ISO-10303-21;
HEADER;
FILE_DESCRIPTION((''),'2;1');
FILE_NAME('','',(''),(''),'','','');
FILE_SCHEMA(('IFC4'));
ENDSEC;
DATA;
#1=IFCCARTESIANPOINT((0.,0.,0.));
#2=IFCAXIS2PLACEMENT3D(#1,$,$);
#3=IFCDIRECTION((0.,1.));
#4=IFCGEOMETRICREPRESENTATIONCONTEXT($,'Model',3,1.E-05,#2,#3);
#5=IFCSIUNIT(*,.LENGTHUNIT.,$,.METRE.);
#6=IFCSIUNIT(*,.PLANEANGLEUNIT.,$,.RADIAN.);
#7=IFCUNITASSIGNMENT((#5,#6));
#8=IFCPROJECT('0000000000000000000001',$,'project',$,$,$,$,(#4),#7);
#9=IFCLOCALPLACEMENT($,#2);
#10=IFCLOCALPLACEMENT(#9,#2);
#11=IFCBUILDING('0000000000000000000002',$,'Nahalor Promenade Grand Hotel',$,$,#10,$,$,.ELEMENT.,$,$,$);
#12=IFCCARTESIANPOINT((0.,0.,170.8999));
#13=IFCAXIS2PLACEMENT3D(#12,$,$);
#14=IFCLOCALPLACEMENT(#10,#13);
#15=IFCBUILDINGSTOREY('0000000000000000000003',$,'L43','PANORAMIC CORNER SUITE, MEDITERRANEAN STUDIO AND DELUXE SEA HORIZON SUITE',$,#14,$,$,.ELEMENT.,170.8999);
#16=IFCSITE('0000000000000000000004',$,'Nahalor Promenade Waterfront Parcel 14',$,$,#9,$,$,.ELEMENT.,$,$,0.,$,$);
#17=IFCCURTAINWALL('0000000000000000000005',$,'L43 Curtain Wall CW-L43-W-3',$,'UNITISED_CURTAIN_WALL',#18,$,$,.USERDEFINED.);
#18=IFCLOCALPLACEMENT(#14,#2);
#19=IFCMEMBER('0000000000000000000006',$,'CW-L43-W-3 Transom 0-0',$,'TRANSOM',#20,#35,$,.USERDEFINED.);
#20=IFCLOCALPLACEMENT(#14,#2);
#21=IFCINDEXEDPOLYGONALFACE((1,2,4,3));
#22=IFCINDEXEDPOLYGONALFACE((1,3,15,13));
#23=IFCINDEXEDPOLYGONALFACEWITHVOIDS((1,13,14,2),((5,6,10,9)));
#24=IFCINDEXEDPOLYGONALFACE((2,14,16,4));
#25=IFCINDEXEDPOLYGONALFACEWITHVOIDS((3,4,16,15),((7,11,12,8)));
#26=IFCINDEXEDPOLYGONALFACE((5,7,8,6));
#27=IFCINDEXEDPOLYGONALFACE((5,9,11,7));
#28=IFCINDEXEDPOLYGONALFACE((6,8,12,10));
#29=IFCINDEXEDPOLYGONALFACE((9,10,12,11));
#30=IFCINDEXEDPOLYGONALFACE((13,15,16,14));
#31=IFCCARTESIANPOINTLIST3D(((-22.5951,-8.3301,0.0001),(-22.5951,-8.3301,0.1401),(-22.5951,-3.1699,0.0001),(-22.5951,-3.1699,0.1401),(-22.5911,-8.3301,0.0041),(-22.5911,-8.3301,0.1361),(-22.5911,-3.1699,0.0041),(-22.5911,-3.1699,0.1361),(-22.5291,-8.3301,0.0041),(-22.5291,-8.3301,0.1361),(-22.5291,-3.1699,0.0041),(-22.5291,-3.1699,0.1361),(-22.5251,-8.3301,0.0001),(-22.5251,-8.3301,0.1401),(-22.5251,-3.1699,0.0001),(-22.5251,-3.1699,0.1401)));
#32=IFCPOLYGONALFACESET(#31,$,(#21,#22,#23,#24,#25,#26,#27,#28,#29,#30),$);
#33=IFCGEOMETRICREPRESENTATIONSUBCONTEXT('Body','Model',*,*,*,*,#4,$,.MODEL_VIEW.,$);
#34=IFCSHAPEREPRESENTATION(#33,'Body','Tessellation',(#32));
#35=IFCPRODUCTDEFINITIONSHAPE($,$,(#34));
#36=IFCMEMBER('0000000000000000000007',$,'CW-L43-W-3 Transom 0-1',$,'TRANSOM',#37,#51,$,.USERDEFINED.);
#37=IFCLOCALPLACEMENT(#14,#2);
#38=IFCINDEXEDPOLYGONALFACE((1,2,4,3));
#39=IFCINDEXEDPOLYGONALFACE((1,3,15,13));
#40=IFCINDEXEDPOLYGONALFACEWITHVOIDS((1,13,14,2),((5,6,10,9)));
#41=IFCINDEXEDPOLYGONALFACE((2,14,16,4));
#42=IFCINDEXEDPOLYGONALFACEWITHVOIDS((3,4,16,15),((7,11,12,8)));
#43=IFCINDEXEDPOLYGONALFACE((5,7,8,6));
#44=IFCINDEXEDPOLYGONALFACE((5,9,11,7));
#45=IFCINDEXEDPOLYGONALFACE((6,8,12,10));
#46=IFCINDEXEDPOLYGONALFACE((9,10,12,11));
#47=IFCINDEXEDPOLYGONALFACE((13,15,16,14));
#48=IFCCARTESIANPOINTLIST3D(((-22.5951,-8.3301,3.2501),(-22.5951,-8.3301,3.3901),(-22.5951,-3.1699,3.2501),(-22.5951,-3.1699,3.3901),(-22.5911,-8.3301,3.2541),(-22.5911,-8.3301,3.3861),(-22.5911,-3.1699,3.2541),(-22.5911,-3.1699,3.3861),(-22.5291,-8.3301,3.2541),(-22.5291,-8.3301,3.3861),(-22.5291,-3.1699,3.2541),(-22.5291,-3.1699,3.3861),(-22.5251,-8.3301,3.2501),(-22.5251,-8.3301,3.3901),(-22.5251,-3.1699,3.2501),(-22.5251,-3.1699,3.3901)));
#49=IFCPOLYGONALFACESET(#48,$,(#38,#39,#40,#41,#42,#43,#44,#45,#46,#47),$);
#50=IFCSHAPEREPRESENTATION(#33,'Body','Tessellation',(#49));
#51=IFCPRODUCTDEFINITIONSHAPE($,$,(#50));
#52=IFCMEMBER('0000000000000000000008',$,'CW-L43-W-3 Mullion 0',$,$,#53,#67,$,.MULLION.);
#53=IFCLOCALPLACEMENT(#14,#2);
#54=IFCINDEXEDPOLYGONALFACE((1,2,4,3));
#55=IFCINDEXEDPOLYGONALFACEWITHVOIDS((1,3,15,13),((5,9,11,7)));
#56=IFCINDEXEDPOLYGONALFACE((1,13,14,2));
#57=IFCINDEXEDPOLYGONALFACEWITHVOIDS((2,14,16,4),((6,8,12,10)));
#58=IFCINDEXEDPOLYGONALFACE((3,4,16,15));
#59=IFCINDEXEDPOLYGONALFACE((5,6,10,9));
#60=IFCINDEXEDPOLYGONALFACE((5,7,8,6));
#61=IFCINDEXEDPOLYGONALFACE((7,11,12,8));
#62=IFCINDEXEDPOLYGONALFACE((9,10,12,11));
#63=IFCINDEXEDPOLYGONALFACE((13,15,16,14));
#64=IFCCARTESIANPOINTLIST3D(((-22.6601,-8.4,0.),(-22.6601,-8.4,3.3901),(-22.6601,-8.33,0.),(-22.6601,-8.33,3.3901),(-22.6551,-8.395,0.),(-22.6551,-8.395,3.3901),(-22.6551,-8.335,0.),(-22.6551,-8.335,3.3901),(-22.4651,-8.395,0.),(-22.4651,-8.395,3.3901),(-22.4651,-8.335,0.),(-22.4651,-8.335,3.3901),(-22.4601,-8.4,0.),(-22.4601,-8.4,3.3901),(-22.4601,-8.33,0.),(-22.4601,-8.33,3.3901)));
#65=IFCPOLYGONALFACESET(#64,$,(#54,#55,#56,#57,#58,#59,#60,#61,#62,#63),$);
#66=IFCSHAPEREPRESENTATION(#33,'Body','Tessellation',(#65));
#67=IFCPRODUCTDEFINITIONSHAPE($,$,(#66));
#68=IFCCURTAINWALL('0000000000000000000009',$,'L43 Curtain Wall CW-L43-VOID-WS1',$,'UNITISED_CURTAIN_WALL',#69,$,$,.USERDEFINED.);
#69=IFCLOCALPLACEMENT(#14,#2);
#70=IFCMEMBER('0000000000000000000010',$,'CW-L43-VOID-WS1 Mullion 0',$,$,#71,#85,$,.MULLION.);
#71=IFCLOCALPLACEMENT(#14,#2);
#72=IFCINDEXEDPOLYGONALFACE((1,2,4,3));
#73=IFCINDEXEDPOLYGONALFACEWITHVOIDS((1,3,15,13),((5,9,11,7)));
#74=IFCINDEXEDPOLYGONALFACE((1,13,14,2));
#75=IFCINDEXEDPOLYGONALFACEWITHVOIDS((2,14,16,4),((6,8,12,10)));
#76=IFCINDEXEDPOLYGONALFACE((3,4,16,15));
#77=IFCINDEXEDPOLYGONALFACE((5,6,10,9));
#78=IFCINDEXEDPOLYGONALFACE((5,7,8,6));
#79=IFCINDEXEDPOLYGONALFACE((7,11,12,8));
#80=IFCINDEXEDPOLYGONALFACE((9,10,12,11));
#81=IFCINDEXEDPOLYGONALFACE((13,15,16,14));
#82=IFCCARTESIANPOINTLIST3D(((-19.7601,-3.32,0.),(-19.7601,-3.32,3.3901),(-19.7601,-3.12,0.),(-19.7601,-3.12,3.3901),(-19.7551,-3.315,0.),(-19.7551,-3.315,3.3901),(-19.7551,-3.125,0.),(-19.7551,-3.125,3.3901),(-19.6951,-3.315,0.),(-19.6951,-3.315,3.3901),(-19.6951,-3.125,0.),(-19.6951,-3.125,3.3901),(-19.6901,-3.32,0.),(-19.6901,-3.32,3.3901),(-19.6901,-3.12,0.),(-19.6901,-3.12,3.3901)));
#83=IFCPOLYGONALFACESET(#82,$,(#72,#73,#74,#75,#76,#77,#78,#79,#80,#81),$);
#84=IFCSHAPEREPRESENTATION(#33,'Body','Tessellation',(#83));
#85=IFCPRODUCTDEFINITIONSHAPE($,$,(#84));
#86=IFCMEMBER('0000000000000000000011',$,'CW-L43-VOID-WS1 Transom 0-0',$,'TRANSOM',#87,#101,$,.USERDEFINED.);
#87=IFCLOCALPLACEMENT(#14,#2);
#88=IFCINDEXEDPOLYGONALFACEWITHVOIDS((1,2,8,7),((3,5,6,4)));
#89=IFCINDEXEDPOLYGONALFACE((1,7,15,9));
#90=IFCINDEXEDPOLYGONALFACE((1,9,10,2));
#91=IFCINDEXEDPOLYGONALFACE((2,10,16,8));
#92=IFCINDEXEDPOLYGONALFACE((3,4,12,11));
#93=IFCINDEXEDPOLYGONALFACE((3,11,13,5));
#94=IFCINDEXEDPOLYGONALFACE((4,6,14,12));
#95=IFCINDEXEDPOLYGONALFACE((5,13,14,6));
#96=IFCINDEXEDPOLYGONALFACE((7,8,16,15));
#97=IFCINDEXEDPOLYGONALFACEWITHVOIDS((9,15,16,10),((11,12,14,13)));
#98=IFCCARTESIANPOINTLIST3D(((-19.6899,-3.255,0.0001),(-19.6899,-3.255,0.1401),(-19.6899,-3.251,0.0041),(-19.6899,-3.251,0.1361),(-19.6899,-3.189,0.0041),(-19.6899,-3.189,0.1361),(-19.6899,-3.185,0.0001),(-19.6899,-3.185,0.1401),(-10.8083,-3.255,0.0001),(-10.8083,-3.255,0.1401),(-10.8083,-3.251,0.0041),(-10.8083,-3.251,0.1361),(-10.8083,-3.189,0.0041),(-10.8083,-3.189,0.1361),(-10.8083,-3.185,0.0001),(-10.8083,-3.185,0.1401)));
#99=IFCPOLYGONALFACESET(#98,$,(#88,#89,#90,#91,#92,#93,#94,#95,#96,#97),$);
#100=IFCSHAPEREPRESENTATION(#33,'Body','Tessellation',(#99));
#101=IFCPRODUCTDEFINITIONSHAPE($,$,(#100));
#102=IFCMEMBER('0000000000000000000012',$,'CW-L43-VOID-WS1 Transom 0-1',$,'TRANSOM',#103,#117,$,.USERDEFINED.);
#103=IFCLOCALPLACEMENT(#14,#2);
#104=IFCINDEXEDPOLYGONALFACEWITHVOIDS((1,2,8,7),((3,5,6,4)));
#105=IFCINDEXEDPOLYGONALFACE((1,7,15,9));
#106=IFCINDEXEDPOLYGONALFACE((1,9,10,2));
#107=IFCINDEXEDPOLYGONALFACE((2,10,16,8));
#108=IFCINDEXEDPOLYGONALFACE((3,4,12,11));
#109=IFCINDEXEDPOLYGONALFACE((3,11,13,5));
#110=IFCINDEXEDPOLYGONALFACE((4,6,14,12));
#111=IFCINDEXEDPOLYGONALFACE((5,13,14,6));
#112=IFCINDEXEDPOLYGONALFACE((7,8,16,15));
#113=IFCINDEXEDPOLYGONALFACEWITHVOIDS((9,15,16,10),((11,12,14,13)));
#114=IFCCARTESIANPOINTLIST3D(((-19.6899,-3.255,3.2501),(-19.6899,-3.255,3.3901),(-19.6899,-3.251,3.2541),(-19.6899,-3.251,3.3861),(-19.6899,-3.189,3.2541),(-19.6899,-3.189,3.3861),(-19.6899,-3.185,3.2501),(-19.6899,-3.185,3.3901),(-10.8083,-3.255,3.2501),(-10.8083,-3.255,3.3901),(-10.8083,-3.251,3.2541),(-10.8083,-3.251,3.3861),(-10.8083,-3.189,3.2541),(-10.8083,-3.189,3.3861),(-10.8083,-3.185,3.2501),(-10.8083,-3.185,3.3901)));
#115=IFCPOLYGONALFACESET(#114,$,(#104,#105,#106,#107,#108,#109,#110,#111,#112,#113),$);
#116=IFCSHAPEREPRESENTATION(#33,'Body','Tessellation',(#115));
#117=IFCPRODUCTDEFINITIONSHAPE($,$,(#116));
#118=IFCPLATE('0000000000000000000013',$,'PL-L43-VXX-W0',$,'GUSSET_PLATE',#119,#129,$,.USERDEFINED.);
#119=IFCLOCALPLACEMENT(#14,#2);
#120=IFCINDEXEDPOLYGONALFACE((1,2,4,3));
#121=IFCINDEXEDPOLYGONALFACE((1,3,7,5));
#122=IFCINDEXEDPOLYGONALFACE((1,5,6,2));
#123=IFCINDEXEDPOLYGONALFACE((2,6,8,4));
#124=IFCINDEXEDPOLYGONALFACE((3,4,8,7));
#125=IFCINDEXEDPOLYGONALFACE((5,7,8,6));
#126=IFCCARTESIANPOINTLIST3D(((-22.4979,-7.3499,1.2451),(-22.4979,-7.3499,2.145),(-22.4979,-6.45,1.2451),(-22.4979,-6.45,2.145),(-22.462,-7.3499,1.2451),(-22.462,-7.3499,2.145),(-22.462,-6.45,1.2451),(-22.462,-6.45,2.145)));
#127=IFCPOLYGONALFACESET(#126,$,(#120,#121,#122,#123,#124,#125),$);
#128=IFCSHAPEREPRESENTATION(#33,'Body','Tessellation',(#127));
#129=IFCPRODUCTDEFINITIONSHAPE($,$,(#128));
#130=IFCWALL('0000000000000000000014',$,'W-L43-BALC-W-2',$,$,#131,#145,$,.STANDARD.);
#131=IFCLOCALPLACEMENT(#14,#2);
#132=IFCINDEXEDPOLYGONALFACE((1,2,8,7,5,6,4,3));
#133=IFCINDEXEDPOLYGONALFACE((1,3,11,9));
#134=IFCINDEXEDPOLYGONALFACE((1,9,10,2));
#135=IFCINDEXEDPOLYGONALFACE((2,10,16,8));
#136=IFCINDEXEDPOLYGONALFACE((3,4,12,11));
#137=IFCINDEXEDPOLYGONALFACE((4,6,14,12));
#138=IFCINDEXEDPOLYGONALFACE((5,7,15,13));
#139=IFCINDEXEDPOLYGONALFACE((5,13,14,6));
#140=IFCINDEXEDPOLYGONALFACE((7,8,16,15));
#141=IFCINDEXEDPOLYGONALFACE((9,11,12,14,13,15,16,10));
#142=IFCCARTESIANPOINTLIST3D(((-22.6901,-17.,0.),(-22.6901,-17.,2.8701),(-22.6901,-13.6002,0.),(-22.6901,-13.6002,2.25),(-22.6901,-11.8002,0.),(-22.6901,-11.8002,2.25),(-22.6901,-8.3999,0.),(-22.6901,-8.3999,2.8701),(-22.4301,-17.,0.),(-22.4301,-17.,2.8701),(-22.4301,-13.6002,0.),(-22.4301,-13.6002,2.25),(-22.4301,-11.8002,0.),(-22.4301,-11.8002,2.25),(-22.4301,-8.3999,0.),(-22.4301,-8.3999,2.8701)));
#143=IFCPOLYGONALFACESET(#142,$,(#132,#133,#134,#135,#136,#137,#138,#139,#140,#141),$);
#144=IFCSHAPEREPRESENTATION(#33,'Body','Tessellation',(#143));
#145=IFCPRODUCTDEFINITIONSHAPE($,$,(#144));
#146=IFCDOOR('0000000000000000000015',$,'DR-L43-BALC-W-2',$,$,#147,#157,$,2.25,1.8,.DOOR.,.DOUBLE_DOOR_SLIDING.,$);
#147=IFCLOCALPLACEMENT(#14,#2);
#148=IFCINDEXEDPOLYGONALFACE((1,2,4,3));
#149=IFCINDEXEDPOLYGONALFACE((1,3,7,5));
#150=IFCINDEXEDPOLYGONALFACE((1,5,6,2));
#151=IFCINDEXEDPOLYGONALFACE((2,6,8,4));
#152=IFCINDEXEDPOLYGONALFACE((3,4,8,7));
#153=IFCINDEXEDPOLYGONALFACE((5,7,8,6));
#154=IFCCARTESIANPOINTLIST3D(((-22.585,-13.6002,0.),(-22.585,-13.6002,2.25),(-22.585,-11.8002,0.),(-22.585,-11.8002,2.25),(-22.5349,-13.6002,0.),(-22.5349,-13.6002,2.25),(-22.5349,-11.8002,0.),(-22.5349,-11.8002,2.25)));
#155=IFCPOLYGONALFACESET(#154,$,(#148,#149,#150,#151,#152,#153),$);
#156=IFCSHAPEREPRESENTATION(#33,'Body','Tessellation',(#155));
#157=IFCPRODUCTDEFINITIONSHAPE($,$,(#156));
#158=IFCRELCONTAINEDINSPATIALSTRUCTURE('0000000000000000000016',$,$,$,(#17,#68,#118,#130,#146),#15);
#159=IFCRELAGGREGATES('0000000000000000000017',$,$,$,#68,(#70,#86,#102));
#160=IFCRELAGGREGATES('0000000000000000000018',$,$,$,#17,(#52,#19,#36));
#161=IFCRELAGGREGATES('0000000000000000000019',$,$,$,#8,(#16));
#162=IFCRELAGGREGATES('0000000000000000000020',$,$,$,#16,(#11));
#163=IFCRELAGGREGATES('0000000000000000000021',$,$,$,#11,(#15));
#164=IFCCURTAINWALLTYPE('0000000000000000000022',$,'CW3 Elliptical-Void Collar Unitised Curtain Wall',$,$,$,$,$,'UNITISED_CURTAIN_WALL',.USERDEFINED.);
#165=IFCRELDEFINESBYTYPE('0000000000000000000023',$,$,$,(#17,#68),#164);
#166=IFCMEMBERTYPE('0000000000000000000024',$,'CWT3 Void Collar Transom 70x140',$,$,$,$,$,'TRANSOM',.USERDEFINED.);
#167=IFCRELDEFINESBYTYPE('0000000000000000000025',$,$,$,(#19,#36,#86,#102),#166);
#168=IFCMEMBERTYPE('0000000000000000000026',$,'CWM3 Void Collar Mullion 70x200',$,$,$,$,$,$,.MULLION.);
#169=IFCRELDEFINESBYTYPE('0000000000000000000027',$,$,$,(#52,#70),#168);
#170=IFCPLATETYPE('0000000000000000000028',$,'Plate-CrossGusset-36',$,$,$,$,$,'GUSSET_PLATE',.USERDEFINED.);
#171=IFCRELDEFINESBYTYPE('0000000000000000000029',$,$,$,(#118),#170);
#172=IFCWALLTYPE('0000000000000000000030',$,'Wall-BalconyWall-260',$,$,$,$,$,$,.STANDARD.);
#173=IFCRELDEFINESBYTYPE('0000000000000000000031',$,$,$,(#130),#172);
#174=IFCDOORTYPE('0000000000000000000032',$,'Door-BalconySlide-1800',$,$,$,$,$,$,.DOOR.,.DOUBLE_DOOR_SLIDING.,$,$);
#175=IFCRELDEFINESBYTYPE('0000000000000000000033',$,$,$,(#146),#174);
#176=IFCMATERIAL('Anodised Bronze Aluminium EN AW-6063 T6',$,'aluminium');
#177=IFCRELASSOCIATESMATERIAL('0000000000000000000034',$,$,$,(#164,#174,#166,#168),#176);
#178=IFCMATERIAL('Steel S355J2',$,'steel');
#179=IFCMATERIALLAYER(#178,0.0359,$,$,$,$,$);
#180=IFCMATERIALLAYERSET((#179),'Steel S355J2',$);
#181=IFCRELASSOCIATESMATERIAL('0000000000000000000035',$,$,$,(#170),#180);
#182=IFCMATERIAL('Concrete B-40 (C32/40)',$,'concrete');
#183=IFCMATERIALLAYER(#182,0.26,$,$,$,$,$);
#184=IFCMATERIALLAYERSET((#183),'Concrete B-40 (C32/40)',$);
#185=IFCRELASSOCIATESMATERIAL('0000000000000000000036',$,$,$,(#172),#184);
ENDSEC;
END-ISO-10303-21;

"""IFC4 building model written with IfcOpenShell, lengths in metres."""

from ifc_helpers import new_model, si_unit, direction, frame, frame_2d, origin, origin_2d, place, context, subcontext, project, spatial, rectangle, hollow_rectangle, extrude, source, transform, mapped, material, layer, layer_set, material_profile, profile_set, type_object, element, fill, aggregate, save


model = new_model("IFC4")

# Units and contexts
model_context = context("Model", 3, precision=1e-05, world=origin(), true_north=direction((0.0, 1.0)))
body_context = subcontext(model_context, "Body", "Model", "MODEL_VIEW")
ifc_project = project(units=[si_unit("LENGTHUNIT", "METRE"), si_unit("PLANEANGLEUNIT", "RADIAN")], contexts=[model_context])

# Site, building, storey
site_placement = place(None, origin())
site = spatial("IfcSite", under=ifc_project, at=site_placement, Name="Nahalor Promenade Waterfront Parcel 14", CompositionType="ELEMENT", RefElevation=0.0)
building_placement = place(site_placement, origin())
building = spatial("IfcBuilding", under=site, at=building_placement, Name="Nahalor Promenade Grand Hotel", CompositionType="ELEMENT")
storey_placement = place(building_placement, frame((0.0, 0.0, 170.8999)))
storey = spatial("IfcBuildingStorey", under=building, at=storey_placement, Name="L43", Description="PANORAMIC CORNER SUITE, MEDITERRANEAN STUDIO AND DELUXE SEA HORIZON SUITE", CompositionType="ELEMENT", Elevation=170.8999)

# Shared definitions
ifc_material_1 = material(Name="Steel S355J2", Category="steel")

# Curtain walls, members
ifc_material_2 = material(Name="Anodised Bronze Aluminium EN AW-6063 T6", Category="aluminium")
curtain_wall_type = type_object("IfcCurtainWallType", Name="CW3 Elliptical-Void Collar Unitised Curtain Wall", ElementType="UNITISED_CURTAIN_WALL", PredefinedType="USERDEFINED", material=ifc_material_2)
curtain_wall_1_placement = place(storey_placement, origin())
curtain_wall_1 = element("IfcCurtainWall", 1, at=curtain_wall_1_placement, inside=storey, type_object=curtain_wall_type, Name="L43 Curtain Wall CW-L43-W-3", ObjectType="UNITISED_CURTAIN_WALL", PredefinedType="USERDEFINED")
ifc_material_profile_1 = material_profile(ifc_material_2, hollow_rectangle(XDim=0.07, YDim=0.14, WallThickness=0.004, at=origin_2d()), Name="CWT 70x140x4")
ifc_profile_set_1 = profile_set([ifc_material_profile_1], Name="Anodised Bronze Aluminium EN AW-6063 T6")
member_type_1 = type_object("IfcMemberType", Name="CWT3 Void Collar Transom 70x140", ElementType="TRANSOM", PredefinedType="USERDEFINED", material=ifc_profile_set_1)
shared_shape_1 = source(origin(), body_context, "Body", "SweptSolid", [
    extrude(hollow_rectangle(XDim=0.07, YDim=0.14, WallThickness=0.004, at=origin_2d()), origin(), (0.0, 0.0, 1.0), 5.1602),
])
member_1_placement = place(storey_placement, frame((-22.5601, -8.3301, 0.0701), z_axis=(0.0, 1.0, 0.0), x_axis=(-1.0, 0.0, 0.0)))
member_1 = element("IfcMember", 2, at=member_1_placement, type_object=member_type_1, Name="CW-L43-W-3 Transom 0-0", ObjectType="TRANSOM", PredefinedType="USERDEFINED", context=body_context, shape_type="MappedRepresentation", body=[
    mapped(shared_shape_1, transform((0.0, 0.0, 0.0), scale=1.0)),
])
member_2_placement = place(storey_placement, frame((-22.5601, -8.3301, 3.3201), z_axis=(0.0, 1.0, 0.0), x_axis=(-1.0, 0.0, 0.0)))
member_2 = element("IfcMember", 3, at=member_2_placement, type_object=member_type_1, Name="CW-L43-W-3 Transom 0-1", ObjectType="TRANSOM", PredefinedType="USERDEFINED", context=body_context, shape_type="MappedRepresentation", body=[
    mapped(shared_shape_1, transform((0.0, 0.0, 0.0), scale=1.0)),
])
ifc_material_profile_2 = material_profile(ifc_material_2, hollow_rectangle(XDim=0.07, YDim=0.2, WallThickness=0.005, at=origin_2d()), Name="CWM 70x200x5")
ifc_profile_set_2 = profile_set([ifc_material_profile_2], Name="Anodised Bronze Aluminium EN AW-6063 T6")
member_type_2 = type_object("IfcMemberType", Name="CWM3 Void Collar Mullion 70x200", PredefinedType="MULLION", material=ifc_profile_set_2)
shared_shape_2 = source(origin(), body_context, "Body", "SweptSolid", [
    extrude(hollow_rectangle(XDim=0.07, YDim=0.2, WallThickness=0.005, at=origin_2d()), origin(), (0.0, 0.0, 1.0), 3.3901),
])
member_3_placement = place(storey_placement, frame((-22.5601, -8.365, 0.0), z_axis=(0.0, 0.0, 1.0), x_axis=(0.0, 1.0, 0.0)))
member_3 = element("IfcMember", 4, at=member_3_placement, type_object=member_type_2, Name="CW-L43-W-3 Mullion 0", PredefinedType="MULLION", context=body_context, shape_type="MappedRepresentation", body=[
    mapped(shared_shape_2, transform((0.0, 0.0, 0.0), scale=1.0)),
])
curtain_wall_2_placement = place(storey_placement, origin())
curtain_wall_2 = element("IfcCurtainWall", 5, at=curtain_wall_2_placement, inside=storey, type_object=curtain_wall_type, Name="L43 Curtain Wall CW-L43-VOID-WS1", ObjectType="UNITISED_CURTAIN_WALL", PredefinedType="USERDEFINED")
member_4_placement = place(storey_placement, frame((-19.7251, -3.22, 0.0), z_axis=(0.0, 0.0, 1.0), x_axis=(1.0, 0.0, 0.0)))
member_4 = element("IfcMember", 6, at=member_4_placement, type_object=member_type_2, Name="CW-L43-VOID-WS1 Mullion 0", PredefinedType="MULLION", context=body_context, shape_type="MappedRepresentation", body=[
    mapped(shared_shape_2, transform((0.0, 0.0, 0.0), scale=1.0)),
])
shared_shape_3 = source(origin(), body_context, "Body", "SweptSolid", [
    extrude(hollow_rectangle(XDim=0.07, YDim=0.14, WallThickness=0.004, at=origin_2d()), origin(), (0.0, 0.0, 1.0), 8.8816),
])
member_5_placement = place(storey_placement, frame((-19.6899, -3.22, 0.0701), z_axis=(1.0, 0.0, 0.0), x_axis=(0.0, 1.0, 0.0)))
member_5 = element("IfcMember", 7, at=member_5_placement, type_object=member_type_1, Name="CW-L43-VOID-WS1 Transom 0-0", ObjectType="TRANSOM", PredefinedType="USERDEFINED", context=body_context, shape_type="MappedRepresentation", body=[
    mapped(shared_shape_3, transform((0.0, 0.0, 0.0), scale=1.0)),
])
member_6_placement = place(storey_placement, frame((-19.6899, -3.22, 3.3201), z_axis=(1.0, 0.0, 0.0), x_axis=(0.0, 1.0, 0.0)))
member_6 = element("IfcMember", 8, at=member_6_placement, type_object=member_type_1, Name="CW-L43-VOID-WS1 Transom 0-1", ObjectType="TRANSOM", PredefinedType="USERDEFINED", context=body_context, shape_type="MappedRepresentation", body=[
    mapped(shared_shape_3, transform((0.0, 0.0, 0.0), scale=1.0)),
])
aggregate(curtain_wall_2, [member_4, member_5, member_6])

# Plate
aggregate(curtain_wall_1, [member_3, member_1, member_2])
ifc_layer_1 = layer(ifc_material_1, 0.0359)
ifc_layer_set_1 = layer_set([ifc_layer_1], Name="Steel S355J2")
plate_type_1 = type_object("IfcPlateType", Name="Plate-CrossGusset-36", ElementType="GUSSET_PLATE", PredefinedType="USERDEFINED", material=ifc_layer_set_1)
shared_shape_4 = source(origin(), body_context, "Body", "SweptSolid", [
    extrude(rectangle(XDim=0.8999, YDim=0.0359, at=origin_2d()), origin(), (0.0, 0.0, 1.0), 0.8999),
])
plate_1_placement = place(storey_placement, frame((-22.48, -6.8999, 1.2451), z_axis=(0.0, 0.0, 1.0), x_axis=(0.0, 1.0, 0.0)))
element("IfcPlate", 9, at=plate_1_placement, inside=storey, type_object=plate_type_1, Name="PL-L43-VXX-W0", ObjectType="GUSSET_PLATE", PredefinedType="USERDEFINED", context=body_context, shape_type="MappedRepresentation", body=[
    mapped(shared_shape_4, transform((0.0, 0.0, 0.0), scale=1.0)),
])

# Wall, opening, door
ifc_material_3 = material(Name="Concrete B-40 (C32/40)", Category="concrete")
ifc_layer_2 = layer(ifc_material_3, 0.26)
ifc_layer_set_2 = layer_set([ifc_layer_2], Name="Concrete B-40 (C32/40)")
wall_type_1 = type_object("IfcWallType", Name="Wall-BalconyWall-260", PredefinedType="STANDARD", material=ifc_layer_set_2)
shared_shape_5 = source(origin(), body_context, "Body", "SweptSolid", [
    extrude(rectangle(XDim=8.6001, YDim=0.26, at=frame_2d((4.3, 0.0))), origin(), (0.0, 0.0, 1.0), 2.8701),
])
wall_1_placement = place(storey_placement, frame((-22.5601, -17.0, 0.0), z_axis=(0.0, 0.0, 1.0), x_axis=(0.0, 1.0, 0.0)))
wall_1 = element("IfcWall", 10, at=wall_1_placement, inside=storey, type_object=wall_type_1, Name="W-L43-BALC-W-2", PredefinedType="STANDARD", context=body_context, shape_type="MappedRepresentation", body=[
    mapped(shared_shape_5, transform((0.0, 0.0, 0.0), scale=1.0)),
])
opening_1_placement = place(wall_1_placement, frame((3.3999, 0.0, 0.0)))
opening_1 = element("IfcOpeningElement", 11, at=opening_1_placement, cuts=wall_1, PredefinedType="OPENING", context=body_context, shape_type="SweptSolid", body=[
    extrude(rectangle(XDim=1.8, YDim=2.25, at=frame_2d((0.8999, 1.125))), frame((0.0, 0.1399, 0.0), z_axis=(0.0, -1.0, 0.0), x_axis=(1.0, 0.0, 0.0)), (0.0, 0.0, 1.0), 0.28),
])
door_type_1 = type_object("IfcDoorType", Name="Door-BalconySlide-1800", OperationType="DOUBLE_DOOR_SLIDING", PredefinedType="DOOR", material=ifc_material_2)
shared_shape_6 = source(origin(), body_context, "Body", "SweptSolid", [
    extrude(rectangle(XDim=1.8, YDim=2.25, at=frame_2d((0.8999, 1.125))), frame((0.0, 0.0249, 0.0), z_axis=(0.0, -1.0, 0.0), x_axis=(1.0, 0.0, 0.0)), (0.0, 0.0, 1.0), 0.05),
])
door_1_placement = place(opening_1_placement, origin())
door_1 = element("IfcDoor", 12, at=door_1_placement, inside=storey, type_object=door_type_1, Name="DR-L43-BALC-W-2", OperationType="DOUBLE_DOOR_SLIDING", OverallHeight=2.25, OverallWidth=1.8, PredefinedType="DOOR", context=body_context, shape_type="MappedRepresentation", body=[
    mapped(shared_shape_6, transform((0.0, 0.0, 0.0), scale=1.0)),
])
fill(opening_1, door_1)

save(model, "model.ifc")
